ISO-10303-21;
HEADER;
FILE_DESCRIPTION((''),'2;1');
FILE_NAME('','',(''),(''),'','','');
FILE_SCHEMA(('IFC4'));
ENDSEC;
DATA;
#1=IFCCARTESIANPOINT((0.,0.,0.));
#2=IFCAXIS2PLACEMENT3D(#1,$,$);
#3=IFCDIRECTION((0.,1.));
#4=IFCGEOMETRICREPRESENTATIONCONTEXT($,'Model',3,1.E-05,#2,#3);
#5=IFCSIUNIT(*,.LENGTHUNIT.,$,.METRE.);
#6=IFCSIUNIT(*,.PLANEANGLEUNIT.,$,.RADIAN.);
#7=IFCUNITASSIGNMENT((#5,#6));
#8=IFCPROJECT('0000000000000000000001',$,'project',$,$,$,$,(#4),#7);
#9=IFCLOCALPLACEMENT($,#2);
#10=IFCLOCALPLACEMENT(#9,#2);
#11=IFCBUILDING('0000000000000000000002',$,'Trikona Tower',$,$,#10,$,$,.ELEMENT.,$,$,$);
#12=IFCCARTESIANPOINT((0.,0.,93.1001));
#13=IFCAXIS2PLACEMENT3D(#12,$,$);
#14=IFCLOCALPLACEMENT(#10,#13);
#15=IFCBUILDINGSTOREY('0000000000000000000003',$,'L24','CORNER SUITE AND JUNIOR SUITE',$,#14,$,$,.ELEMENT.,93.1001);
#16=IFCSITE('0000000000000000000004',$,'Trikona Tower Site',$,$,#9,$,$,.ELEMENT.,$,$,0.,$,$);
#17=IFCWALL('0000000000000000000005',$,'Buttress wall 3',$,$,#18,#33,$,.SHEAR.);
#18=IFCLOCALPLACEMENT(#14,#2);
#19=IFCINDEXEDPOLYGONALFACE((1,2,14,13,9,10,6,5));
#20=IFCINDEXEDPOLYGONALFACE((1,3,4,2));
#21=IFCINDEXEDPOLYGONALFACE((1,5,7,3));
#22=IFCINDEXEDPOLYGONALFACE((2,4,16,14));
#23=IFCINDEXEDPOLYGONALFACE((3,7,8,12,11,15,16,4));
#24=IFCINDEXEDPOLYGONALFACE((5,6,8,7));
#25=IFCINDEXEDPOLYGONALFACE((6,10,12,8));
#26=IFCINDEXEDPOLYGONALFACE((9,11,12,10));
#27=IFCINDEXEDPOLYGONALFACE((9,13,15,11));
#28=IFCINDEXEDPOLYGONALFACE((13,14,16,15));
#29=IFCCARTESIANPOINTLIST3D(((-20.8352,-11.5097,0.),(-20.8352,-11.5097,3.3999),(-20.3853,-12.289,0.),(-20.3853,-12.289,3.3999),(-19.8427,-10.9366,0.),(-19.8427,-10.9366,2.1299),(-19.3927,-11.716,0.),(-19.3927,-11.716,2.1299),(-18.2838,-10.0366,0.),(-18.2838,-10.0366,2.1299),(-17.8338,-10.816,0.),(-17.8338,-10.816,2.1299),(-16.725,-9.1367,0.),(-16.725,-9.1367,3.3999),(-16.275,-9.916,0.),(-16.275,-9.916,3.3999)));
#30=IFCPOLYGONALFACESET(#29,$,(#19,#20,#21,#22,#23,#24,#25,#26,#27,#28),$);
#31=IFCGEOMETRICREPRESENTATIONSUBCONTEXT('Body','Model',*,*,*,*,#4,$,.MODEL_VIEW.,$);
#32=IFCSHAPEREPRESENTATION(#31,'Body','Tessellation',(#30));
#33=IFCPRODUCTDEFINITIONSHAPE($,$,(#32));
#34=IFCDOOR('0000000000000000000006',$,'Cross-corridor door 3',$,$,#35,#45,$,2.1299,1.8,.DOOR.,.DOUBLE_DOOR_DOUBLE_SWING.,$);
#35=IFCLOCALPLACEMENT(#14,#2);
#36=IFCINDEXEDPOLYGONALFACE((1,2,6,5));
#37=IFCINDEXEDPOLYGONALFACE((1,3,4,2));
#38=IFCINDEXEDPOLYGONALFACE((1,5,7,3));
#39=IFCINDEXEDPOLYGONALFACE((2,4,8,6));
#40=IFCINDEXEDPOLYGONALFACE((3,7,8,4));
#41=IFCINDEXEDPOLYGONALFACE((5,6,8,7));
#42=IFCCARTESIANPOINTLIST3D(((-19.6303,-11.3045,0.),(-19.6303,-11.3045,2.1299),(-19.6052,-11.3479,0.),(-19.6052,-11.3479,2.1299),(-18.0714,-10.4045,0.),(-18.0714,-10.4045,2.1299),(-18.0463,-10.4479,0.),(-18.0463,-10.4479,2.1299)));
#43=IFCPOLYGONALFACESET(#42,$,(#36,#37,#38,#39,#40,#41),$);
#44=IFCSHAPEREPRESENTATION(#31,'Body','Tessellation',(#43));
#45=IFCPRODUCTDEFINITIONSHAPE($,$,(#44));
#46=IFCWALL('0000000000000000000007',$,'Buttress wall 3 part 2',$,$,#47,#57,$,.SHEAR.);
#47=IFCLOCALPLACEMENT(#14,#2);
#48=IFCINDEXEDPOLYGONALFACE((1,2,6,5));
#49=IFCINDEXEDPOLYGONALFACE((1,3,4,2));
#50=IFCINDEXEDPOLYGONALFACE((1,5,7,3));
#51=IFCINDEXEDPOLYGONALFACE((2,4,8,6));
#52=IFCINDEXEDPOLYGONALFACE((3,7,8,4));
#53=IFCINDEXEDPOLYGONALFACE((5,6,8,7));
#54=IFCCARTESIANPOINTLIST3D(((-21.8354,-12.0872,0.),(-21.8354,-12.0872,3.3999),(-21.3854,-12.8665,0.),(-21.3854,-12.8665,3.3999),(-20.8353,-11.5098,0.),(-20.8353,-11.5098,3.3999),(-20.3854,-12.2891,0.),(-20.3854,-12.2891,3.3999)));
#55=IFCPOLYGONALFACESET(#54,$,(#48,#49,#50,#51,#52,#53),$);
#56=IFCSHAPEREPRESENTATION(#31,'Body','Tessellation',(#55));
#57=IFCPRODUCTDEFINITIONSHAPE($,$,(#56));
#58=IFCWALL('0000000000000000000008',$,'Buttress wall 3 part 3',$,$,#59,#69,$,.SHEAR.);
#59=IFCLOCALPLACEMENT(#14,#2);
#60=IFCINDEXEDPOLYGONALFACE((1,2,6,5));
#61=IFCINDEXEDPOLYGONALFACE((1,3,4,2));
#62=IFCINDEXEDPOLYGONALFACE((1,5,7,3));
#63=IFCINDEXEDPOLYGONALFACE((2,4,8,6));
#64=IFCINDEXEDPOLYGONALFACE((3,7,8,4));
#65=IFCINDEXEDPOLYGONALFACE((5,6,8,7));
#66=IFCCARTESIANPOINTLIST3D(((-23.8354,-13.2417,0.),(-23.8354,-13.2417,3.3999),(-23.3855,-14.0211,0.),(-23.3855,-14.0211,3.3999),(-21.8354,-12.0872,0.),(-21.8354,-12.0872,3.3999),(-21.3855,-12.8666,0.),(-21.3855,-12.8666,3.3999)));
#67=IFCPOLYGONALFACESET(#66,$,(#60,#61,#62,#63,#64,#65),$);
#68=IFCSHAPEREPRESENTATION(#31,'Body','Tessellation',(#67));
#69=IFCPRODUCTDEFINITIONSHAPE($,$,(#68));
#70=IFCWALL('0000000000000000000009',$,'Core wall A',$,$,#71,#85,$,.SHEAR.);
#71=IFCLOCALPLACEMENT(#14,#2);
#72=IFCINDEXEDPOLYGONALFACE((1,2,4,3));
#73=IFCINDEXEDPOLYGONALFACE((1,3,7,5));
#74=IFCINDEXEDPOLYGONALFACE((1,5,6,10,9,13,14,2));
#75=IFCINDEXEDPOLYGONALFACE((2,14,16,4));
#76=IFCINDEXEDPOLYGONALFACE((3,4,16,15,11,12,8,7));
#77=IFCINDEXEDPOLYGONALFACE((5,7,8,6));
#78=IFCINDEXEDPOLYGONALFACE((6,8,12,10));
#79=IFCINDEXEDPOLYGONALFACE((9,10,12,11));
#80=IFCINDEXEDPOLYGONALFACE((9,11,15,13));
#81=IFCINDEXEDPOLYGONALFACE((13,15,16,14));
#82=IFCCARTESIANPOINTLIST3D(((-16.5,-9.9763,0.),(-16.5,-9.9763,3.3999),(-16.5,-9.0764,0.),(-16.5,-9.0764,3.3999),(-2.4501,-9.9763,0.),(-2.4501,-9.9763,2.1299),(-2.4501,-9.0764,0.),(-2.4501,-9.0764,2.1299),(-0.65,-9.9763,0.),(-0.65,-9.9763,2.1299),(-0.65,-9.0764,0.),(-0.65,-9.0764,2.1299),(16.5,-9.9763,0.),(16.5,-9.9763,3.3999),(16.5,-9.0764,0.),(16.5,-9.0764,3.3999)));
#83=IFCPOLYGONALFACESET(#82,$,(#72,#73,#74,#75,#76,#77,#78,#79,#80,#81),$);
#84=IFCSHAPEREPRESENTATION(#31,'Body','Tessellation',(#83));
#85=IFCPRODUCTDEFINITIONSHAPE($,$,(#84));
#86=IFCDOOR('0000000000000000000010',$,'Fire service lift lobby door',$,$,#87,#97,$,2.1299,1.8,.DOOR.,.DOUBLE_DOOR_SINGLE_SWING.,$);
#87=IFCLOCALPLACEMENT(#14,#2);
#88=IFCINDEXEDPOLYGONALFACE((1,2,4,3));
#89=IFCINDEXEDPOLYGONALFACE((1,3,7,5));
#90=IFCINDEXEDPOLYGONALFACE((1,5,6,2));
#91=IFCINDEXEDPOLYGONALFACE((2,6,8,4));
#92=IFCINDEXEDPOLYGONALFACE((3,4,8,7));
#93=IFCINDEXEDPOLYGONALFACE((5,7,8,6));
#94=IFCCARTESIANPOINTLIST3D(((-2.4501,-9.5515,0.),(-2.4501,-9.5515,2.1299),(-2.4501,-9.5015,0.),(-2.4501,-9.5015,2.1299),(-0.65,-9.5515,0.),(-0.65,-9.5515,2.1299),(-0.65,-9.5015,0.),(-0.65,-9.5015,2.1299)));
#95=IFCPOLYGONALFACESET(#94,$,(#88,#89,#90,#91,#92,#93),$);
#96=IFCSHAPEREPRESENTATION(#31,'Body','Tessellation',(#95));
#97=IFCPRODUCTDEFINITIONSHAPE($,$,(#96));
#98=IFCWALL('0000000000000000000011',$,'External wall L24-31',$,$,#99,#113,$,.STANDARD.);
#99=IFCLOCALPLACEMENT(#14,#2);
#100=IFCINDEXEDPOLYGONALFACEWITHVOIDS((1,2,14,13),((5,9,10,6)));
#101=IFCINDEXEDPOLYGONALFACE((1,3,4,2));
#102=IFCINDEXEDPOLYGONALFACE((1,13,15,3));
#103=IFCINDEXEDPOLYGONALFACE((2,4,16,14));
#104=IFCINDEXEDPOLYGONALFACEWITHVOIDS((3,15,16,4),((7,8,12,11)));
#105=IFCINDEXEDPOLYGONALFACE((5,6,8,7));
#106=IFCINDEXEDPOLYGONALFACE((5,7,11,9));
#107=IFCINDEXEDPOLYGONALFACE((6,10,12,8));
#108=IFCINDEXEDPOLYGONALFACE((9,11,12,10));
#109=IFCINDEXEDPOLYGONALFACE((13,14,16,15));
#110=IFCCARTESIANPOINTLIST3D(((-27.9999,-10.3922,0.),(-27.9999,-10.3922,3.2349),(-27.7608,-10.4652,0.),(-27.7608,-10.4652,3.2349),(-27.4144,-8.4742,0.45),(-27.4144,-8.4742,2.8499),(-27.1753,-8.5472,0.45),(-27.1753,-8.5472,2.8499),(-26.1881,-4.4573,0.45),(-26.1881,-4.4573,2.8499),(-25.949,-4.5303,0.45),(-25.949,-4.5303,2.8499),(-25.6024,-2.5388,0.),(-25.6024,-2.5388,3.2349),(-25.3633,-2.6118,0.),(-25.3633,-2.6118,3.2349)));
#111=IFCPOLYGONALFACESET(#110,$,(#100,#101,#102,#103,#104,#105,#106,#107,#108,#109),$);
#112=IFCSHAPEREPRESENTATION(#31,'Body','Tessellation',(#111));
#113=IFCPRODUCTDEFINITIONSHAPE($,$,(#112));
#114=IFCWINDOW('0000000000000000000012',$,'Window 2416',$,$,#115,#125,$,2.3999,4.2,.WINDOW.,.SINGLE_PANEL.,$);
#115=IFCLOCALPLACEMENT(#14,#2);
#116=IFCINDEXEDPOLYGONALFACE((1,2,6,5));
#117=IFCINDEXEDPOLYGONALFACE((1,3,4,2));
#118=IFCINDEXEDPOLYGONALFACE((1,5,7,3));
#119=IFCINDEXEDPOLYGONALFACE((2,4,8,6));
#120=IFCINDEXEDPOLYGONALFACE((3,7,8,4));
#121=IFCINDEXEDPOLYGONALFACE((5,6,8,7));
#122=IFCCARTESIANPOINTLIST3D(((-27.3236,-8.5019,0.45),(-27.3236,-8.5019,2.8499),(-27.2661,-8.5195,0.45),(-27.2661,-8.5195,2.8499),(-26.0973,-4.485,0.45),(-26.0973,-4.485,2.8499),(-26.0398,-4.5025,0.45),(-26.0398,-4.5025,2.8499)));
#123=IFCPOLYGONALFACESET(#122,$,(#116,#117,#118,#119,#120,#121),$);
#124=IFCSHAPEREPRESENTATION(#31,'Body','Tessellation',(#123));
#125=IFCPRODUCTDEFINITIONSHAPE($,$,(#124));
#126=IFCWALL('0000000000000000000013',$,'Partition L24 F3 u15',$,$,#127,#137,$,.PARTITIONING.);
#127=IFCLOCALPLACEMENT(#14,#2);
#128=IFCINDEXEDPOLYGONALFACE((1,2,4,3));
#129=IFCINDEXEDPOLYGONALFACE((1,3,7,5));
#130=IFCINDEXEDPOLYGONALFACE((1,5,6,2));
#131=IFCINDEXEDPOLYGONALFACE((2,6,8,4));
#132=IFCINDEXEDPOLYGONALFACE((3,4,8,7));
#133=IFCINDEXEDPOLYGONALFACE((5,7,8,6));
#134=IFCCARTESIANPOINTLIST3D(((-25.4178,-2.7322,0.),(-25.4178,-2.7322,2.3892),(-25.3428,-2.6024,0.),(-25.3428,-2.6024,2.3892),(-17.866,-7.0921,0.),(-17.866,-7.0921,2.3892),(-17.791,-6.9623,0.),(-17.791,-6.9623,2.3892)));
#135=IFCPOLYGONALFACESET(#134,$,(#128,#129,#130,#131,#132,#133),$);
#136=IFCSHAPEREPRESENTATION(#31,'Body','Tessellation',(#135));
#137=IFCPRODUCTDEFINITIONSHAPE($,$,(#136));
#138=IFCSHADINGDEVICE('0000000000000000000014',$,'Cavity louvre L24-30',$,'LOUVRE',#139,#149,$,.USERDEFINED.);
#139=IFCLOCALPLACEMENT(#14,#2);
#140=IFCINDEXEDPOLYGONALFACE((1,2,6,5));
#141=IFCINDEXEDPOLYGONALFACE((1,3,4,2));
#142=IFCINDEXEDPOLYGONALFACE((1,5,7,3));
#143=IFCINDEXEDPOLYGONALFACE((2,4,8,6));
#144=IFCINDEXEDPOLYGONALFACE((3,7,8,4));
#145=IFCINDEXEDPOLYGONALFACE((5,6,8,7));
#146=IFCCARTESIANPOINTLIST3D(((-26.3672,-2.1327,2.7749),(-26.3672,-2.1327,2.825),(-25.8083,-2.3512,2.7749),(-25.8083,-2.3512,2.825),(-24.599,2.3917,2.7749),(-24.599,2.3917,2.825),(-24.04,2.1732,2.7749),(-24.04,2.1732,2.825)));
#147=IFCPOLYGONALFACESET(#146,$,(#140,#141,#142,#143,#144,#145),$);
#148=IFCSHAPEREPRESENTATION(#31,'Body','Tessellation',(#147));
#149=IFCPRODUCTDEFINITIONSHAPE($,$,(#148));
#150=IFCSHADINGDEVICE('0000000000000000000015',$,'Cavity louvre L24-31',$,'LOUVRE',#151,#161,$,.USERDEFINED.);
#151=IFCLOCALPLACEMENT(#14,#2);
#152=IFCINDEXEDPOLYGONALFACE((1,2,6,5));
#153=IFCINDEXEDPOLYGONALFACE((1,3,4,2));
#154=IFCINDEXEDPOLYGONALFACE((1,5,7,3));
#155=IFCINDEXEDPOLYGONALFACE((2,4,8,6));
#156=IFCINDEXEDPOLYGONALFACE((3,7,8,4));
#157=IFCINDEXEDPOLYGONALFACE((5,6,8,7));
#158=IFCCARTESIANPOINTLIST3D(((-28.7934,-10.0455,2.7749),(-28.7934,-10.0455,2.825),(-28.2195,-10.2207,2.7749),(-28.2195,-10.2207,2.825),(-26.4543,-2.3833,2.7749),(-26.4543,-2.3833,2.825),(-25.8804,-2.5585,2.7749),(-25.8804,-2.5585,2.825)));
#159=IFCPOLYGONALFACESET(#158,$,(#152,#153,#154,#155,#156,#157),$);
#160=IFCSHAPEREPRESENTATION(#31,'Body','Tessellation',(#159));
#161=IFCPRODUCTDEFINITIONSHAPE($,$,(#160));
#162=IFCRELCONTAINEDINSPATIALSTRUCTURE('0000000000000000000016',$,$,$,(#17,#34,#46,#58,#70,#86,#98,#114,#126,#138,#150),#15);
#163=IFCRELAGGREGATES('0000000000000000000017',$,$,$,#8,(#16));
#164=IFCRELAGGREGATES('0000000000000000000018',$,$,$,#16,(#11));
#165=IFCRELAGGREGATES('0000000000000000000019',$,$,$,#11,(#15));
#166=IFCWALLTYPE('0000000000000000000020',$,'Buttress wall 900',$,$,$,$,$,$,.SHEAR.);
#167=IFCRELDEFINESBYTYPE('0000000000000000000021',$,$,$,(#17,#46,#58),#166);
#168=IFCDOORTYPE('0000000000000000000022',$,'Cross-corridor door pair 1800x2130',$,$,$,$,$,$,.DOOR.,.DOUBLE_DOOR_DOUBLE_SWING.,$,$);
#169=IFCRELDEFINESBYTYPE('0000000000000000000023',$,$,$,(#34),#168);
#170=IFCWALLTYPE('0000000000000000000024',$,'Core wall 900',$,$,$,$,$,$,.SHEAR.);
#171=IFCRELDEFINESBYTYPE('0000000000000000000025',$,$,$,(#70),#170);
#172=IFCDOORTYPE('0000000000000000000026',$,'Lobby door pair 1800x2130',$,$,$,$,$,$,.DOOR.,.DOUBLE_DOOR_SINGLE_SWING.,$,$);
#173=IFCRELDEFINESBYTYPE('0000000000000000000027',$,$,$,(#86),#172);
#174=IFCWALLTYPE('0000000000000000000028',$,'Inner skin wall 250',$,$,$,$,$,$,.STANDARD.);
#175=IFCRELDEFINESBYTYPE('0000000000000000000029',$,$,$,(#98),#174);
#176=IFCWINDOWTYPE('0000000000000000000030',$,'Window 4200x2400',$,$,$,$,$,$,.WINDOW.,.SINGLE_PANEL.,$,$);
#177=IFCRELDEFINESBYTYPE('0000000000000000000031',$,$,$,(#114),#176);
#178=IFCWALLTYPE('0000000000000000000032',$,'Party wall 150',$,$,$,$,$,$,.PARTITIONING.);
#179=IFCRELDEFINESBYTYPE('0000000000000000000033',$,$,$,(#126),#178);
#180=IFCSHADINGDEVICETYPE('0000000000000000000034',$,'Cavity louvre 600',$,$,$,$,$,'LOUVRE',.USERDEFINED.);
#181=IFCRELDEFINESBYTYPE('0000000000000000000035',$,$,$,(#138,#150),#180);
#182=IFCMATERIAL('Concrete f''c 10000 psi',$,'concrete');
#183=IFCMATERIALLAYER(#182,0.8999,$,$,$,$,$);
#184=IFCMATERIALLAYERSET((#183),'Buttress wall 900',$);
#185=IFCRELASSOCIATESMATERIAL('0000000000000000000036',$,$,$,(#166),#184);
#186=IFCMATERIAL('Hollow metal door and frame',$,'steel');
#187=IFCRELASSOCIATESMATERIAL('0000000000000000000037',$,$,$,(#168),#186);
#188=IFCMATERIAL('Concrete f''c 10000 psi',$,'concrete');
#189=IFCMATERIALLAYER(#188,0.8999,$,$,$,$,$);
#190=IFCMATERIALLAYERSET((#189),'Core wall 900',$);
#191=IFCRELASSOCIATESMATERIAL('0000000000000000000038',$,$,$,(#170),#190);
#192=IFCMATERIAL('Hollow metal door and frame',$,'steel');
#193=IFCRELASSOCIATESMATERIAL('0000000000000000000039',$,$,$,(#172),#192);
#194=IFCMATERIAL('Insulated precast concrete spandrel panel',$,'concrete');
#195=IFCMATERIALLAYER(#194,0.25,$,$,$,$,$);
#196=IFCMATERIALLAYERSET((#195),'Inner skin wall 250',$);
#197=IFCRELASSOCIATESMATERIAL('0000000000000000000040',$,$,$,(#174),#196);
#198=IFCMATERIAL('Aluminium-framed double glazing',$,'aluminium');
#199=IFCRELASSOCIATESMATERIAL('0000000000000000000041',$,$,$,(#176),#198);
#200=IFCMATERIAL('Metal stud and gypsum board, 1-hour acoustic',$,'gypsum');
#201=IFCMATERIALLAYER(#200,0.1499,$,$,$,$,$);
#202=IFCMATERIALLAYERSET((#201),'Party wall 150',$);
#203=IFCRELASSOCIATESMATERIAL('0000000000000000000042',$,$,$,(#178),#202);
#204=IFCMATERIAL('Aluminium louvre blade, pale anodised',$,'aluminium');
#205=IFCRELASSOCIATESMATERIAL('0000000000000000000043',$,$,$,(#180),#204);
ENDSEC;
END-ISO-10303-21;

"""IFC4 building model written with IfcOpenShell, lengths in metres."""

from ifc_helpers import new_model, si_unit, direction, frame, frame_2d, origin, origin_2d, place, context, subcontext, project, spatial, rectangle, extrude, material, layer, layer_set, type_object, element, fill, save


model = new_model("IFC4")

# Units and contexts
model_context = context("Model", 3, precision=1e-05, world=origin(), true_north=direction((0.0, 1.0)))
body_context = subcontext(model_context, "Body", "Model", "MODEL_VIEW")
ifc_project = project(units=[si_unit("LENGTHUNIT", "METRE"), si_unit("PLANEANGLEUNIT", "RADIAN")], contexts=[model_context])

# Site, building, storey
site_placement = place(None, origin())
site = spatial("IfcSite", under=ifc_project, at=site_placement, Name="Trikona Tower Site", CompositionType="ELEMENT", RefElevation=0.0)
building_placement = place(site_placement, origin())
building = spatial("IfcBuilding", under=site, at=building_placement, Name="Trikona Tower", CompositionType="ELEMENT")
storey_placement = place(building_placement, frame((0.0, 0.0, 93.1001)))
storey = spatial("IfcBuildingStorey", under=building, at=storey_placement, Name="L24", Description="CORNER SUITE AND JUNIOR SUITE", CompositionType="ELEMENT", Elevation=93.1001)

# Wall, opening, door
ifc_material_1 = material(Name="Concrete f'c 10000 psi", Category="concrete")
ifc_layer_1 = layer(ifc_material_1, 0.8999)
ifc_layer_set_1 = layer_set([ifc_layer_1], Name="Buttress wall 900")
wall_type_1 = type_object("IfcWallType", Name="Buttress wall 900", PredefinedType="SHEAR", material=ifc_layer_set_1)
wall_1_placement = place(storey_placement, frame((-16.5, -9.5264, 0.0), z_axis=(0.0, 0.0, 1.0), x_axis=(-0.866031, -0.49999, 0.0)))
wall_1 = element("IfcWall", 1, at=wall_1_placement, inside=storey, type_object=wall_type_1, Name="Buttress wall 3", PredefinedType="SHEAR", context=body_context, shape_type="SweptSolid", body=[
    extrude(rectangle(XDim=4.7461, YDim=0.8999, at=frame_2d((2.373, 0.0))), origin(), (0.0, 0.0, 1.0), 3.3999),
])
opening_1_placement = place(wall_1_placement, frame((1.8, 0.0, 0.0)))
opening_1 = element("IfcOpeningElement", 2, at=opening_1_placement, cuts=wall_1, PredefinedType="OPENING", context=body_context, shape_type="SweptSolid", body=[
    extrude(rectangle(XDim=1.8, YDim=2.1299, at=frame_2d((0.8999, 1.0649))), frame((0.0, 0.46, 0.0), z_axis=(0.0, -1.0, 0.0), x_axis=(1.0, 0.0, 0.0)), (0.0, 0.0, 1.0), 0.9199),
])
ifc_material_2 = material(Name="Hollow metal door and frame", Category="steel")
door_type_1 = type_object("IfcDoorType", Name="Cross-corridor door pair 1800x2130", OperationType="DOUBLE_DOOR_DOUBLE_SWING", PredefinedType="DOOR", material=ifc_material_2)
door_1_placement = place(opening_1_placement, origin())
door_1 = element("IfcDoor", 3, at=door_1_placement, inside=storey, type_object=door_type_1, Name="Cross-corridor door 3", OperationType="DOUBLE_DOOR_DOUBLE_SWING", OverallHeight=2.1299, OverallWidth=1.8, PredefinedType="DOOR", context=body_context, shape_type="SweptSolid", body=[
    extrude(rectangle(XDim=1.8, YDim=2.1299, at=frame_2d((0.8999, 1.0649))), frame((0.0, 0.0249, 0.0), z_axis=(0.0, -1.0, 0.0), x_axis=(1.0, 0.0, 0.0)), (0.0, 0.0, 1.0), 0.05),
])
fill(opening_1, door_1)

# Walls
wall_2_placement = place(storey_placement, frame((-20.6104, -11.8994, 0.0), z_axis=(0.0, 0.0, 1.0), x_axis=(-0.86601, -0.500027, 0.0)))
element("IfcWall", 4, at=wall_2_placement, inside=storey, type_object=wall_type_1, Name="Buttress wall 3 part 2", PredefinedType="SHEAR", context=body_context, shape_type="SweptSolid", body=[
    extrude(rectangle(XDim=1.1548, YDim=0.8999, at=frame_2d((0.5774, 0.0))), origin(), (0.0, 0.0, 1.0), 3.3999),
])
wall_3_placement = place(storey_placement, frame((-21.6104, -12.4768, 0.0), z_axis=(0.0, 0.0, 1.0), x_axis=(-0.866055, -0.499948, 0.0)))
element("IfcWall", 5, at=wall_3_placement, inside=storey, type_object=wall_type_1, Name="Buttress wall 3 part 3", PredefinedType="SHEAR", context=body_context, shape_type="SweptSolid", body=[
    extrude(rectangle(XDim=2.3093, YDim=0.8999, at=frame_2d((1.1548, 0.0))), origin(), (0.0, 0.0, 1.0), 3.3999),
])

# Wall, opening, door
ifc_material_3 = material(Name="Concrete f'c 10000 psi", Category="concrete")
ifc_layer_2 = layer(ifc_material_3, 0.8999)
ifc_layer_set_2 = layer_set([ifc_layer_2], Name="Core wall 900")
wall_type_2 = type_object("IfcWallType", Name="Core wall 900", PredefinedType="SHEAR", material=ifc_layer_set_2)
wall_4_placement = place(storey_placement, frame((-16.5, -9.5264, 0.0), z_axis=(0.0, 0.0, 1.0), x_axis=(1.0, 0.0, 0.0)))
wall_4 = element("IfcWall", 6, at=wall_4_placement, inside=storey, type_object=wall_type_2, Name="Core wall A", PredefinedType="SHEAR", context=body_context, shape_type="SweptSolid", body=[
    extrude(rectangle(XDim=33.0, YDim=0.8999, at=frame_2d((16.5, 0.0))), origin(), (0.0, 0.0, 1.0), 3.3999),
])
opening_2_placement = place(wall_4_placement, frame((14.05, 0.0, 0.0)))
opening_2 = element("IfcOpeningElement", 7, at=opening_2_placement, cuts=wall_4, PredefinedType="OPENING", context=body_context, shape_type="SweptSolid", body=[
    extrude(rectangle(XDim=1.8, YDim=2.1299, at=frame_2d((0.8999, 1.0649))), frame((0.0, 0.46, 0.0), z_axis=(0.0, -1.0, 0.0), x_axis=(1.0, 0.0, 0.0)), (0.0, 0.0, 1.0), 0.9199),
])
ifc_material_4 = material(Name="Hollow metal door and frame", Category="steel")
door_type_2 = type_object("IfcDoorType", Name="Lobby door pair 1800x2130", OperationType="DOUBLE_DOOR_SINGLE_SWING", PredefinedType="DOOR", material=ifc_material_4)
door_2_placement = place(opening_2_placement, origin())
door_2 = element("IfcDoor", 8, at=door_2_placement, inside=storey, type_object=door_type_2, Name="Fire service lift lobby door", OperationType="DOUBLE_DOOR_SINGLE_SWING", OverallHeight=2.1299, OverallWidth=1.8, PredefinedType="DOOR", context=body_context, shape_type="SweptSolid", body=[
    extrude(rectangle(XDim=1.8, YDim=2.1299, at=frame_2d((0.8999, 1.0649))), frame((0.0, 0.0249, 0.0), z_axis=(0.0, -1.0, 0.0), x_axis=(1.0, 0.0, 0.0)), (0.0, 0.0, 1.0), 0.05),
])
fill(opening_2, door_2)

# Wall, opening, window
ifc_material_5 = material(Name="Insulated precast concrete spandrel panel", Category="concrete")
ifc_layer_3 = layer(ifc_material_5, 0.25)
ifc_layer_set_3 = layer_set([ifc_layer_3], Name="Inner skin wall 250")
wall_type_3 = type_object("IfcWallType", Name="Inner skin wall 250", PredefinedType="STANDARD", material=ifc_layer_set_3)
wall_5_placement = place(storey_placement, frame((-25.4829, -2.5754, 0.0), z_axis=(0.0, 0.0, 1.0), x_axis=(-0.291979, -0.956425, 0.0)))
wall_5 = element("IfcWall", 9, at=wall_5_placement, inside=storey, type_object=wall_type_3, Name="External wall L24-31", PredefinedType="STANDARD", context=body_context, shape_type="SweptSolid", body=[
    extrude(rectangle(XDim=8.2112, YDim=0.25, at=frame_2d((4.1055, 0.0))), origin(), (0.0, 0.0, 1.0), 3.2349),
])
opening_3_placement = place(wall_5_placement, frame((2.0056, 0.0, 0.45)))
opening_3 = element("IfcOpeningElement", 10, at=opening_3_placement, cuts=wall_5, PredefinedType="OPENING", context=body_context, shape_type="SweptSolid", body=[
    extrude(rectangle(XDim=4.2, YDim=2.3999, at=frame_2d((2.1001, 1.2))), frame((0.0, 0.135, 0.0), z_axis=(0.0, -1.0, 0.0), x_axis=(1.0, 0.0, 0.0)), (0.0, 0.0, 1.0), 0.27),
])
ifc_material_6 = material(Name="Aluminium-framed double glazing", Category="aluminium")
window_type_1 = type_object("IfcWindowType", Name="Window 4200x2400", PartitioningType="SINGLE_PANEL", PredefinedType="WINDOW", material=ifc_material_6)
window_1_placement = place(opening_3_placement, origin())
window_1 = element("IfcWindow", 11, at=window_1_placement, inside=storey, type_object=window_type_1, Name="Window 2416", OverallHeight=2.3999, OverallWidth=4.2, PartitioningType="SINGLE_PANEL", PredefinedType="WINDOW", context=body_context, shape_type="SweptSolid", body=[
    extrude(rectangle(XDim=4.2, YDim=2.3999, at=frame_2d((2.1001, 1.2))), frame((0.0, 0.03, 0.0), z_axis=(0.0, -1.0, 0.0), x_axis=(1.0, 0.0, 0.0)), (0.0, 0.0, 1.0), 0.0601),
])
fill(opening_3, window_1)

# Wall
ifc_material_7 = material(Name="Metal stud and gypsum board, 1-hour acoustic", Category="gypsum")
ifc_layer_4 = layer(ifc_material_7, 0.1499)
ifc_layer_set_4 = layer_set([ifc_layer_4], Name="Party wall 150")
wall_type_4 = type_object("IfcWallType", Name="Party wall 150", PredefinedType="PARTITIONING", material=ifc_layer_set_4)
wall_6_placement = place(storey_placement, frame((-17.8286, -7.0271, 0.0), z_axis=(0.0, 0.0, 1.0), x_axis=(-0.866033, 0.499987, 0.0)))
element("IfcWall", 12, at=wall_6_placement, inside=storey, type_object=wall_type_4, Name="Partition L24 F3 u15", PredefinedType="PARTITIONING", context=body_context, shape_type="SweptSolid", body=[
    extrude(rectangle(XDim=8.72, YDim=0.1499, at=frame_2d((4.3599, 0.0))), origin(), (0.0, 0.0, 1.0), 2.3892),
])

# Shading devices
ifc_material_8 = material(Name="Aluminium louvre blade, pale anodised", Category="aluminium")
shading_device_type = type_object("IfcShadingDeviceType", Name="Cavity louvre 600", ElementType="LOUVRE", PredefinedType="USERDEFINED", material=ifc_material_8)
shading_device_1_placement = place(storey_placement, frame((-25.2036, 0.0203, 2.7749), z_axis=(0.0, 0.0, 1.0), x_axis=(-0.364009, -0.931395, 0.0)))
element("IfcShadingDevice", 13, at=shading_device_1_placement, inside=storey, type_object=shading_device_type, Name="Cavity louvre L24-30", ObjectType="LOUVRE", PredefinedType="USERDEFINED", context=body_context, shape_type="SweptSolid", body=[
    extrude(rectangle(XDim=4.8577, YDim=0.6001, at=origin_2d()), origin(), (0.0, 0.0, 1.0), 0.05),
])
shading_device_2_placement = place(storey_placement, frame((-27.3369, -6.302, 2.7749), z_axis=(0.0, 0.0, 1.0), x_axis=(-0.291979, -0.956425, 0.0)))
element("IfcShadingDevice", 14, at=shading_device_2_placement, inside=storey, type_object=shading_device_type, Name="Cavity louvre L24-31", ObjectType="LOUVRE", PredefinedType="USERDEFINED", context=body_context, shape_type="SweptSolid", body=[
    extrude(rectangle(XDim=8.0112, YDim=0.6001, at=origin_2d()), origin(), (0.0, 0.0, 1.0), 0.05),
])

save(model, "model.ifc")
